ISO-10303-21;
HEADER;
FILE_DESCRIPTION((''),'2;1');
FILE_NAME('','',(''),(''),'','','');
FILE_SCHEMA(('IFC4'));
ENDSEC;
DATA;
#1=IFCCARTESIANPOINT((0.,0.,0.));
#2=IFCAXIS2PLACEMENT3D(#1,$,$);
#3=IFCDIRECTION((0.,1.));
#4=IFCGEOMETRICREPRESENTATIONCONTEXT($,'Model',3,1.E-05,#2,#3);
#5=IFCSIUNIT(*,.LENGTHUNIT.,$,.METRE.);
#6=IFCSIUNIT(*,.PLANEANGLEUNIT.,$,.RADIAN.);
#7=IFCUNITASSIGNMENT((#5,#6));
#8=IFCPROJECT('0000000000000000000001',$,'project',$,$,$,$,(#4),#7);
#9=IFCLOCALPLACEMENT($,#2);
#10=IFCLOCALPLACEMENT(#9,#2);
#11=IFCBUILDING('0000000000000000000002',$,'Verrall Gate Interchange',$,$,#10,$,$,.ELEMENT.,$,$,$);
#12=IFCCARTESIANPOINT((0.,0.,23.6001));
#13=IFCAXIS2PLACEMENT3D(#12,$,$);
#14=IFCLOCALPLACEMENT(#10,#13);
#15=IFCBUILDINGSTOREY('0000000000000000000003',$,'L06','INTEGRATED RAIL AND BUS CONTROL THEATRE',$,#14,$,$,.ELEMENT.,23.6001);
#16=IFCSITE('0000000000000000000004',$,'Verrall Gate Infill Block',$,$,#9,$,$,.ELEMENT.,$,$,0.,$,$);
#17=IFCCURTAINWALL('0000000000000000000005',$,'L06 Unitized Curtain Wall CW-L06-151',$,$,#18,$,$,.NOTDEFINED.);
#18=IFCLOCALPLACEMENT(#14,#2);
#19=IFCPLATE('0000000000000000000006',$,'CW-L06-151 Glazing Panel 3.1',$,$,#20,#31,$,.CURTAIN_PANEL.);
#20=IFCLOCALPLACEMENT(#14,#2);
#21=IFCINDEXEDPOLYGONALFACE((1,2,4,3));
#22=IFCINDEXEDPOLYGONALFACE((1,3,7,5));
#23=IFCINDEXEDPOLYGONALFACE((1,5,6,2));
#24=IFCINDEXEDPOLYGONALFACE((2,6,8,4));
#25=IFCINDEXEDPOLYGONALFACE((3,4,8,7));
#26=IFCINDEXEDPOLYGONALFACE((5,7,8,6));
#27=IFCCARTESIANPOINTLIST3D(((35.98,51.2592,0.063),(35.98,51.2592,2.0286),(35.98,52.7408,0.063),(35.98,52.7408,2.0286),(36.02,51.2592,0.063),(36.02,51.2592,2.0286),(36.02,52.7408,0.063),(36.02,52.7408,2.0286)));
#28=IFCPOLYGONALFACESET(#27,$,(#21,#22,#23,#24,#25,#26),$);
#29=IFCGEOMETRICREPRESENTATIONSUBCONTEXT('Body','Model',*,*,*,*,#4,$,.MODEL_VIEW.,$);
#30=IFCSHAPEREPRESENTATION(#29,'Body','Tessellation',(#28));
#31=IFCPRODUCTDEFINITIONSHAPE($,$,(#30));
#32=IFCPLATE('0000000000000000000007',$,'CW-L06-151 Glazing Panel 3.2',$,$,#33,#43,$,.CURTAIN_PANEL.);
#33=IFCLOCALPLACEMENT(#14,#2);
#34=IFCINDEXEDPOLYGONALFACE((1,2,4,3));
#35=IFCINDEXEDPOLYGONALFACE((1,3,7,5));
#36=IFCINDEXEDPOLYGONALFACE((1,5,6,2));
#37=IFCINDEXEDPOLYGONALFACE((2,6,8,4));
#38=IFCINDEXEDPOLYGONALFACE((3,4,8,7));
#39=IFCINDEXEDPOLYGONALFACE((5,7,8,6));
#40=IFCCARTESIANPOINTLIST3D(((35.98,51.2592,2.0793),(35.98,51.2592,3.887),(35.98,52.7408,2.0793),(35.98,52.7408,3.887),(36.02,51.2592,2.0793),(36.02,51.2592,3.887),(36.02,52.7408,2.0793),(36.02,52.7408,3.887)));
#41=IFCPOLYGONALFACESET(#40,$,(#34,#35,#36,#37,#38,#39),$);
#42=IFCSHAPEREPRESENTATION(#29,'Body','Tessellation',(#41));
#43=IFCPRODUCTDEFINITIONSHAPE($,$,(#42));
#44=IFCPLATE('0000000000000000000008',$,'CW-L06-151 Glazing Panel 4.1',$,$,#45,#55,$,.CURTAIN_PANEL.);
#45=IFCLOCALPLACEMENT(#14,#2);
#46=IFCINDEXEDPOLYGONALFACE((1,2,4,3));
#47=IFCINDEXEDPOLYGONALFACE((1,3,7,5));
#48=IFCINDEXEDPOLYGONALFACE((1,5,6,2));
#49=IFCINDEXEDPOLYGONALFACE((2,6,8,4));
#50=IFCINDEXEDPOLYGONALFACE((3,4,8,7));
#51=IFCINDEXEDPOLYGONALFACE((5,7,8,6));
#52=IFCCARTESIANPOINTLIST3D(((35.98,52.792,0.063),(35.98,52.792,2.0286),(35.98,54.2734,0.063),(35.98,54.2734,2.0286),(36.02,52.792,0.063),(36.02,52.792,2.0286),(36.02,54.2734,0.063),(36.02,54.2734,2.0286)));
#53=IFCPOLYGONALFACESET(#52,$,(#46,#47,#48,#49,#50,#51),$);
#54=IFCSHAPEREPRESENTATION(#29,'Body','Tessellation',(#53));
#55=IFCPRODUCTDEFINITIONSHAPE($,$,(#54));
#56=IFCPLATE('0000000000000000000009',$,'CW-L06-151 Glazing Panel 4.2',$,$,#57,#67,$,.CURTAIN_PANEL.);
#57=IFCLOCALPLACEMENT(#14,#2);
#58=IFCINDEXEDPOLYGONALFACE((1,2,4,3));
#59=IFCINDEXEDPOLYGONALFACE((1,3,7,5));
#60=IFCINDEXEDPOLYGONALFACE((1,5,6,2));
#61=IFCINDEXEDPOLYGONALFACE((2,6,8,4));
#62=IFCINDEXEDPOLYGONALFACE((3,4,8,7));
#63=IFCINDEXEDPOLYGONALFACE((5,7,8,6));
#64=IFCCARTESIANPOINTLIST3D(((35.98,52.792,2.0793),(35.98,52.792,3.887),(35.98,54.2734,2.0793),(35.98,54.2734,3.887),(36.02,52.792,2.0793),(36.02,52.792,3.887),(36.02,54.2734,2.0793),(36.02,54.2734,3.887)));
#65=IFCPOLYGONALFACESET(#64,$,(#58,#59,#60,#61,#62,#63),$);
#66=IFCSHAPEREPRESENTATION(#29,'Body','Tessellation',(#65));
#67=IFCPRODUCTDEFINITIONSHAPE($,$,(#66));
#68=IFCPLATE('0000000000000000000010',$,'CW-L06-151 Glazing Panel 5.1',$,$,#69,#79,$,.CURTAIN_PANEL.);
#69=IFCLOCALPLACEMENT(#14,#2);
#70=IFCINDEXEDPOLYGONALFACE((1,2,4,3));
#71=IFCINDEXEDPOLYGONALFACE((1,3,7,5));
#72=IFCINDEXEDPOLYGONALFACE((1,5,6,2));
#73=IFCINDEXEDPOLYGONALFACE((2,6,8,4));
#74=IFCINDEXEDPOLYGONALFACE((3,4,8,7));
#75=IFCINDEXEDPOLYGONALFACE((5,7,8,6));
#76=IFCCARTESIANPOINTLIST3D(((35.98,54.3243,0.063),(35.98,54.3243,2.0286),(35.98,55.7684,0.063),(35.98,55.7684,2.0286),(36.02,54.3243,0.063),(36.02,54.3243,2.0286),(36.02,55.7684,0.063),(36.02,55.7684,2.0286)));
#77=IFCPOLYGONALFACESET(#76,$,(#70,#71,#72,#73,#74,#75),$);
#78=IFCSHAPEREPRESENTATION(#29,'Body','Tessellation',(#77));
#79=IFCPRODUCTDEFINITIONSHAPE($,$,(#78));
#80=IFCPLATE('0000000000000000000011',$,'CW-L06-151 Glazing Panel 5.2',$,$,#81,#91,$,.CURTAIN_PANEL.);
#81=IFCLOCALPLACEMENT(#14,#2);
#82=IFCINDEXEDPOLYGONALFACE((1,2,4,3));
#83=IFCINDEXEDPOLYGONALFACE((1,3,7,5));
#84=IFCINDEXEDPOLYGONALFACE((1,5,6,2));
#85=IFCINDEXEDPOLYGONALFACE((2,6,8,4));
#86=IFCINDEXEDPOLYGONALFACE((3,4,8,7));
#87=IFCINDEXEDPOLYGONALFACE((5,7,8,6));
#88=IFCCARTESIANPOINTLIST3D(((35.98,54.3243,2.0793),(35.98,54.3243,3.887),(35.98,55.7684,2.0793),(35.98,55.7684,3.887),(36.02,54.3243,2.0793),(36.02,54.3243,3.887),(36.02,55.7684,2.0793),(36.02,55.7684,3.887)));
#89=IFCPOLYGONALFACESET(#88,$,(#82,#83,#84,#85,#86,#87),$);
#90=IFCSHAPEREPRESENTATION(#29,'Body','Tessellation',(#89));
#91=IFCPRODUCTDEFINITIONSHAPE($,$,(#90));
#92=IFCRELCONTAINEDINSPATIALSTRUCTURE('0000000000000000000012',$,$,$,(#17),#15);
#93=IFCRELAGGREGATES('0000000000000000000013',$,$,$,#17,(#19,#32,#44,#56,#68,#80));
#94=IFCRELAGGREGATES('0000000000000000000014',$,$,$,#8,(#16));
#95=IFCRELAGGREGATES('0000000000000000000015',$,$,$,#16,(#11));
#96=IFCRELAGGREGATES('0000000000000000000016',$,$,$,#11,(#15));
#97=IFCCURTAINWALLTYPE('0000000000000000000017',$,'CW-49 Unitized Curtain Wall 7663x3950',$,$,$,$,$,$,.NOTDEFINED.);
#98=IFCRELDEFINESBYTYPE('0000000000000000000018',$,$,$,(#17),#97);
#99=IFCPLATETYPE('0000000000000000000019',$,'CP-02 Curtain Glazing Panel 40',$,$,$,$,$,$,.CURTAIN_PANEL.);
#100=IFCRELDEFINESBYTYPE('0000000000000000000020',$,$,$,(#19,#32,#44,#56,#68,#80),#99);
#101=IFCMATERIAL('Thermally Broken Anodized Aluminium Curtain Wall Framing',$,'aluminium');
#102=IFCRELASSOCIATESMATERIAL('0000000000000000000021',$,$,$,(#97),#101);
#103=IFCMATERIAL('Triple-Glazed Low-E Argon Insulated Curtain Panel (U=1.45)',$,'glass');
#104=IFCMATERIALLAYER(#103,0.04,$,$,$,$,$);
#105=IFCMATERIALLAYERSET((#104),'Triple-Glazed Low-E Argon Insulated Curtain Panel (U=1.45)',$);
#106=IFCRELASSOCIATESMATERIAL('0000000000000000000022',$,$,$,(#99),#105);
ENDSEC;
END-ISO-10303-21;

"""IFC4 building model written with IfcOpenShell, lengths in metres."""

from ifc_helpers import new_model, si_unit, direction, frame, origin, origin_2d, place, context, subcontext, project, spatial, rectangle, extrude, material, layer, layer_set, type_object, element, aggregate, save


model = new_model("IFC4")

# Units and contexts
model_context = context("Model", 3, precision=1e-05, world=origin(), true_north=direction((0.0, 1.0)))
body_context = subcontext(model_context, "Body", "Model", "MODEL_VIEW")
ifc_project = project(units=[si_unit("LENGTHUNIT", "METRE"), si_unit("PLANEANGLEUNIT", "RADIAN")], contexts=[model_context])

# Site, building, storey
site_placement = place(None, origin())
site = spatial("IfcSite", under=ifc_project, at=site_placement, Name="Verrall Gate Infill Block", CompositionType="ELEMENT", RefElevation=0.0)
building_placement = place(site_placement, origin())
building = spatial("IfcBuilding", under=site, at=building_placement, Name="Verrall Gate Interchange", CompositionType="ELEMENT")
storey_placement = place(building_placement, frame((0.0, 0.0, 23.6001)))
storey = spatial("IfcBuildingStorey", under=building, at=storey_placement, Name="L06", Description="INTEGRATED RAIL AND BUS CONTROL THEATRE", CompositionType="ELEMENT", Elevation=23.6001)

# Curtain wall, plates
ifc_material_1 = material(Name="Thermally Broken Anodized Aluminium Curtain Wall Framing", Category="aluminium")
curtain_wall_type = type_object("IfcCurtainWallType", Name="CW-49 Unitized Curtain Wall 7663x3950", PredefinedType="NOTDEFINED", material=ifc_material_1)
curtain_wall_placement = place(storey_placement, origin())
curtain_wall = element("IfcCurtainWall", 1, at=curtain_wall_placement, inside=storey, type_object=curtain_wall_type, Name="L06 Unitized Curtain Wall CW-L06-151", PredefinedType="NOTDEFINED")
ifc_material_2 = material(Name="Triple-Glazed Low-E Argon Insulated Curtain Panel (U=1.45)", Category="glass")
ifc_layer = layer(ifc_material_2, 0.04)
ifc_layer_set = layer_set([ifc_layer], Name="Triple-Glazed Low-E Argon Insulated Curtain Panel (U=1.45)")
plate_type = type_object("IfcPlateType", Name="CP-02 Curtain Glazing Panel 40", PredefinedType="CURTAIN_PANEL", material=ifc_layer_set)
plate_1_placement = place(storey_placement, frame((36.0, 52.0, 0.063), z_axis=(0.0, 0.0, 1.0), x_axis=(0.0, 1.0, 0.0)))
plate_1 = element("IfcPlate", 2, at=plate_1_placement, type_object=plate_type, Name="CW-L06-151 Glazing Panel 3.1", PredefinedType="CURTAIN_PANEL", context=body_context, shape_type="SweptSolid", body=[
    extrude(rectangle(XDim=1.4817, YDim=0.04, at=origin_2d()), origin(), (0.0, 0.0, 1.0), 1.9656),
])
plate_2_placement = place(storey_placement, frame((36.0, 52.0, 2.0793), z_axis=(0.0, 0.0, 1.0), x_axis=(0.0, 1.0, 0.0)))
plate_2 = element("IfcPlate", 3, at=plate_2_placement, type_object=plate_type, Name="CW-L06-151 Glazing Panel 3.2", PredefinedType="CURTAIN_PANEL", context=body_context, shape_type="SweptSolid", body=[
    extrude(rectangle(XDim=1.4817, YDim=0.04, at=origin_2d()), origin(), (0.0, 0.0, 1.0), 1.8076),
])
plate_3_placement = place(storey_placement, frame((36.0, 53.5327, 0.063), z_axis=(0.0, 0.0, 1.0), x_axis=(0.0, 1.0, 0.0)))
plate_3 = element("IfcPlate", 4, at=plate_3_placement, type_object=plate_type, Name="CW-L06-151 Glazing Panel 4.1", PredefinedType="CURTAIN_PANEL", context=body_context, shape_type="SweptSolid", body=[
    extrude(rectangle(XDim=1.4814, YDim=0.04, at=origin_2d()), origin(), (0.0, 0.0, 1.0), 1.9656),
])
plate_4_placement = place(storey_placement, frame((36.0, 53.5327, 2.0793), z_axis=(0.0, 0.0, 1.0), x_axis=(0.0, 1.0, 0.0)))
plate_4 = element("IfcPlate", 5, at=plate_4_placement, type_object=plate_type, Name="CW-L06-151 Glazing Panel 4.2", PredefinedType="CURTAIN_PANEL", context=body_context, shape_type="SweptSolid", body=[
    extrude(rectangle(XDim=1.4814, YDim=0.04, at=origin_2d()), origin(), (0.0, 0.0, 1.0), 1.8076),
])
plate_5_placement = place(storey_placement, frame((36.0, 55.0464, 0.063), z_axis=(0.0, 0.0, 1.0), x_axis=(0.0, 1.0, 0.0)))
plate_5 = element("IfcPlate", 6, at=plate_5_placement, type_object=plate_type, Name="CW-L06-151 Glazing Panel 5.1", PredefinedType="CURTAIN_PANEL", context=body_context, shape_type="SweptSolid", body=[
    extrude(rectangle(XDim=1.4441, YDim=0.04, at=origin_2d()), origin(), (0.0, 0.0, 1.0), 1.9656),
])
plate_6_placement = place(storey_placement, frame((36.0, 55.0464, 2.0793), z_axis=(0.0, 0.0, 1.0), x_axis=(0.0, 1.0, 0.0)))
plate_6 = element("IfcPlate", 7, at=plate_6_placement, type_object=plate_type, Name="CW-L06-151 Glazing Panel 5.2", PredefinedType="CURTAIN_PANEL", context=body_context, shape_type="SweptSolid", body=[
    extrude(rectangle(XDim=1.4441, YDim=0.04, at=origin_2d()), origin(), (0.0, 0.0, 1.0), 1.8076),
])
aggregate(curtain_wall, [plate_1, plate_2, plate_3, plate_4, plate_5, plate_6])

save(model, "model.ifc")
